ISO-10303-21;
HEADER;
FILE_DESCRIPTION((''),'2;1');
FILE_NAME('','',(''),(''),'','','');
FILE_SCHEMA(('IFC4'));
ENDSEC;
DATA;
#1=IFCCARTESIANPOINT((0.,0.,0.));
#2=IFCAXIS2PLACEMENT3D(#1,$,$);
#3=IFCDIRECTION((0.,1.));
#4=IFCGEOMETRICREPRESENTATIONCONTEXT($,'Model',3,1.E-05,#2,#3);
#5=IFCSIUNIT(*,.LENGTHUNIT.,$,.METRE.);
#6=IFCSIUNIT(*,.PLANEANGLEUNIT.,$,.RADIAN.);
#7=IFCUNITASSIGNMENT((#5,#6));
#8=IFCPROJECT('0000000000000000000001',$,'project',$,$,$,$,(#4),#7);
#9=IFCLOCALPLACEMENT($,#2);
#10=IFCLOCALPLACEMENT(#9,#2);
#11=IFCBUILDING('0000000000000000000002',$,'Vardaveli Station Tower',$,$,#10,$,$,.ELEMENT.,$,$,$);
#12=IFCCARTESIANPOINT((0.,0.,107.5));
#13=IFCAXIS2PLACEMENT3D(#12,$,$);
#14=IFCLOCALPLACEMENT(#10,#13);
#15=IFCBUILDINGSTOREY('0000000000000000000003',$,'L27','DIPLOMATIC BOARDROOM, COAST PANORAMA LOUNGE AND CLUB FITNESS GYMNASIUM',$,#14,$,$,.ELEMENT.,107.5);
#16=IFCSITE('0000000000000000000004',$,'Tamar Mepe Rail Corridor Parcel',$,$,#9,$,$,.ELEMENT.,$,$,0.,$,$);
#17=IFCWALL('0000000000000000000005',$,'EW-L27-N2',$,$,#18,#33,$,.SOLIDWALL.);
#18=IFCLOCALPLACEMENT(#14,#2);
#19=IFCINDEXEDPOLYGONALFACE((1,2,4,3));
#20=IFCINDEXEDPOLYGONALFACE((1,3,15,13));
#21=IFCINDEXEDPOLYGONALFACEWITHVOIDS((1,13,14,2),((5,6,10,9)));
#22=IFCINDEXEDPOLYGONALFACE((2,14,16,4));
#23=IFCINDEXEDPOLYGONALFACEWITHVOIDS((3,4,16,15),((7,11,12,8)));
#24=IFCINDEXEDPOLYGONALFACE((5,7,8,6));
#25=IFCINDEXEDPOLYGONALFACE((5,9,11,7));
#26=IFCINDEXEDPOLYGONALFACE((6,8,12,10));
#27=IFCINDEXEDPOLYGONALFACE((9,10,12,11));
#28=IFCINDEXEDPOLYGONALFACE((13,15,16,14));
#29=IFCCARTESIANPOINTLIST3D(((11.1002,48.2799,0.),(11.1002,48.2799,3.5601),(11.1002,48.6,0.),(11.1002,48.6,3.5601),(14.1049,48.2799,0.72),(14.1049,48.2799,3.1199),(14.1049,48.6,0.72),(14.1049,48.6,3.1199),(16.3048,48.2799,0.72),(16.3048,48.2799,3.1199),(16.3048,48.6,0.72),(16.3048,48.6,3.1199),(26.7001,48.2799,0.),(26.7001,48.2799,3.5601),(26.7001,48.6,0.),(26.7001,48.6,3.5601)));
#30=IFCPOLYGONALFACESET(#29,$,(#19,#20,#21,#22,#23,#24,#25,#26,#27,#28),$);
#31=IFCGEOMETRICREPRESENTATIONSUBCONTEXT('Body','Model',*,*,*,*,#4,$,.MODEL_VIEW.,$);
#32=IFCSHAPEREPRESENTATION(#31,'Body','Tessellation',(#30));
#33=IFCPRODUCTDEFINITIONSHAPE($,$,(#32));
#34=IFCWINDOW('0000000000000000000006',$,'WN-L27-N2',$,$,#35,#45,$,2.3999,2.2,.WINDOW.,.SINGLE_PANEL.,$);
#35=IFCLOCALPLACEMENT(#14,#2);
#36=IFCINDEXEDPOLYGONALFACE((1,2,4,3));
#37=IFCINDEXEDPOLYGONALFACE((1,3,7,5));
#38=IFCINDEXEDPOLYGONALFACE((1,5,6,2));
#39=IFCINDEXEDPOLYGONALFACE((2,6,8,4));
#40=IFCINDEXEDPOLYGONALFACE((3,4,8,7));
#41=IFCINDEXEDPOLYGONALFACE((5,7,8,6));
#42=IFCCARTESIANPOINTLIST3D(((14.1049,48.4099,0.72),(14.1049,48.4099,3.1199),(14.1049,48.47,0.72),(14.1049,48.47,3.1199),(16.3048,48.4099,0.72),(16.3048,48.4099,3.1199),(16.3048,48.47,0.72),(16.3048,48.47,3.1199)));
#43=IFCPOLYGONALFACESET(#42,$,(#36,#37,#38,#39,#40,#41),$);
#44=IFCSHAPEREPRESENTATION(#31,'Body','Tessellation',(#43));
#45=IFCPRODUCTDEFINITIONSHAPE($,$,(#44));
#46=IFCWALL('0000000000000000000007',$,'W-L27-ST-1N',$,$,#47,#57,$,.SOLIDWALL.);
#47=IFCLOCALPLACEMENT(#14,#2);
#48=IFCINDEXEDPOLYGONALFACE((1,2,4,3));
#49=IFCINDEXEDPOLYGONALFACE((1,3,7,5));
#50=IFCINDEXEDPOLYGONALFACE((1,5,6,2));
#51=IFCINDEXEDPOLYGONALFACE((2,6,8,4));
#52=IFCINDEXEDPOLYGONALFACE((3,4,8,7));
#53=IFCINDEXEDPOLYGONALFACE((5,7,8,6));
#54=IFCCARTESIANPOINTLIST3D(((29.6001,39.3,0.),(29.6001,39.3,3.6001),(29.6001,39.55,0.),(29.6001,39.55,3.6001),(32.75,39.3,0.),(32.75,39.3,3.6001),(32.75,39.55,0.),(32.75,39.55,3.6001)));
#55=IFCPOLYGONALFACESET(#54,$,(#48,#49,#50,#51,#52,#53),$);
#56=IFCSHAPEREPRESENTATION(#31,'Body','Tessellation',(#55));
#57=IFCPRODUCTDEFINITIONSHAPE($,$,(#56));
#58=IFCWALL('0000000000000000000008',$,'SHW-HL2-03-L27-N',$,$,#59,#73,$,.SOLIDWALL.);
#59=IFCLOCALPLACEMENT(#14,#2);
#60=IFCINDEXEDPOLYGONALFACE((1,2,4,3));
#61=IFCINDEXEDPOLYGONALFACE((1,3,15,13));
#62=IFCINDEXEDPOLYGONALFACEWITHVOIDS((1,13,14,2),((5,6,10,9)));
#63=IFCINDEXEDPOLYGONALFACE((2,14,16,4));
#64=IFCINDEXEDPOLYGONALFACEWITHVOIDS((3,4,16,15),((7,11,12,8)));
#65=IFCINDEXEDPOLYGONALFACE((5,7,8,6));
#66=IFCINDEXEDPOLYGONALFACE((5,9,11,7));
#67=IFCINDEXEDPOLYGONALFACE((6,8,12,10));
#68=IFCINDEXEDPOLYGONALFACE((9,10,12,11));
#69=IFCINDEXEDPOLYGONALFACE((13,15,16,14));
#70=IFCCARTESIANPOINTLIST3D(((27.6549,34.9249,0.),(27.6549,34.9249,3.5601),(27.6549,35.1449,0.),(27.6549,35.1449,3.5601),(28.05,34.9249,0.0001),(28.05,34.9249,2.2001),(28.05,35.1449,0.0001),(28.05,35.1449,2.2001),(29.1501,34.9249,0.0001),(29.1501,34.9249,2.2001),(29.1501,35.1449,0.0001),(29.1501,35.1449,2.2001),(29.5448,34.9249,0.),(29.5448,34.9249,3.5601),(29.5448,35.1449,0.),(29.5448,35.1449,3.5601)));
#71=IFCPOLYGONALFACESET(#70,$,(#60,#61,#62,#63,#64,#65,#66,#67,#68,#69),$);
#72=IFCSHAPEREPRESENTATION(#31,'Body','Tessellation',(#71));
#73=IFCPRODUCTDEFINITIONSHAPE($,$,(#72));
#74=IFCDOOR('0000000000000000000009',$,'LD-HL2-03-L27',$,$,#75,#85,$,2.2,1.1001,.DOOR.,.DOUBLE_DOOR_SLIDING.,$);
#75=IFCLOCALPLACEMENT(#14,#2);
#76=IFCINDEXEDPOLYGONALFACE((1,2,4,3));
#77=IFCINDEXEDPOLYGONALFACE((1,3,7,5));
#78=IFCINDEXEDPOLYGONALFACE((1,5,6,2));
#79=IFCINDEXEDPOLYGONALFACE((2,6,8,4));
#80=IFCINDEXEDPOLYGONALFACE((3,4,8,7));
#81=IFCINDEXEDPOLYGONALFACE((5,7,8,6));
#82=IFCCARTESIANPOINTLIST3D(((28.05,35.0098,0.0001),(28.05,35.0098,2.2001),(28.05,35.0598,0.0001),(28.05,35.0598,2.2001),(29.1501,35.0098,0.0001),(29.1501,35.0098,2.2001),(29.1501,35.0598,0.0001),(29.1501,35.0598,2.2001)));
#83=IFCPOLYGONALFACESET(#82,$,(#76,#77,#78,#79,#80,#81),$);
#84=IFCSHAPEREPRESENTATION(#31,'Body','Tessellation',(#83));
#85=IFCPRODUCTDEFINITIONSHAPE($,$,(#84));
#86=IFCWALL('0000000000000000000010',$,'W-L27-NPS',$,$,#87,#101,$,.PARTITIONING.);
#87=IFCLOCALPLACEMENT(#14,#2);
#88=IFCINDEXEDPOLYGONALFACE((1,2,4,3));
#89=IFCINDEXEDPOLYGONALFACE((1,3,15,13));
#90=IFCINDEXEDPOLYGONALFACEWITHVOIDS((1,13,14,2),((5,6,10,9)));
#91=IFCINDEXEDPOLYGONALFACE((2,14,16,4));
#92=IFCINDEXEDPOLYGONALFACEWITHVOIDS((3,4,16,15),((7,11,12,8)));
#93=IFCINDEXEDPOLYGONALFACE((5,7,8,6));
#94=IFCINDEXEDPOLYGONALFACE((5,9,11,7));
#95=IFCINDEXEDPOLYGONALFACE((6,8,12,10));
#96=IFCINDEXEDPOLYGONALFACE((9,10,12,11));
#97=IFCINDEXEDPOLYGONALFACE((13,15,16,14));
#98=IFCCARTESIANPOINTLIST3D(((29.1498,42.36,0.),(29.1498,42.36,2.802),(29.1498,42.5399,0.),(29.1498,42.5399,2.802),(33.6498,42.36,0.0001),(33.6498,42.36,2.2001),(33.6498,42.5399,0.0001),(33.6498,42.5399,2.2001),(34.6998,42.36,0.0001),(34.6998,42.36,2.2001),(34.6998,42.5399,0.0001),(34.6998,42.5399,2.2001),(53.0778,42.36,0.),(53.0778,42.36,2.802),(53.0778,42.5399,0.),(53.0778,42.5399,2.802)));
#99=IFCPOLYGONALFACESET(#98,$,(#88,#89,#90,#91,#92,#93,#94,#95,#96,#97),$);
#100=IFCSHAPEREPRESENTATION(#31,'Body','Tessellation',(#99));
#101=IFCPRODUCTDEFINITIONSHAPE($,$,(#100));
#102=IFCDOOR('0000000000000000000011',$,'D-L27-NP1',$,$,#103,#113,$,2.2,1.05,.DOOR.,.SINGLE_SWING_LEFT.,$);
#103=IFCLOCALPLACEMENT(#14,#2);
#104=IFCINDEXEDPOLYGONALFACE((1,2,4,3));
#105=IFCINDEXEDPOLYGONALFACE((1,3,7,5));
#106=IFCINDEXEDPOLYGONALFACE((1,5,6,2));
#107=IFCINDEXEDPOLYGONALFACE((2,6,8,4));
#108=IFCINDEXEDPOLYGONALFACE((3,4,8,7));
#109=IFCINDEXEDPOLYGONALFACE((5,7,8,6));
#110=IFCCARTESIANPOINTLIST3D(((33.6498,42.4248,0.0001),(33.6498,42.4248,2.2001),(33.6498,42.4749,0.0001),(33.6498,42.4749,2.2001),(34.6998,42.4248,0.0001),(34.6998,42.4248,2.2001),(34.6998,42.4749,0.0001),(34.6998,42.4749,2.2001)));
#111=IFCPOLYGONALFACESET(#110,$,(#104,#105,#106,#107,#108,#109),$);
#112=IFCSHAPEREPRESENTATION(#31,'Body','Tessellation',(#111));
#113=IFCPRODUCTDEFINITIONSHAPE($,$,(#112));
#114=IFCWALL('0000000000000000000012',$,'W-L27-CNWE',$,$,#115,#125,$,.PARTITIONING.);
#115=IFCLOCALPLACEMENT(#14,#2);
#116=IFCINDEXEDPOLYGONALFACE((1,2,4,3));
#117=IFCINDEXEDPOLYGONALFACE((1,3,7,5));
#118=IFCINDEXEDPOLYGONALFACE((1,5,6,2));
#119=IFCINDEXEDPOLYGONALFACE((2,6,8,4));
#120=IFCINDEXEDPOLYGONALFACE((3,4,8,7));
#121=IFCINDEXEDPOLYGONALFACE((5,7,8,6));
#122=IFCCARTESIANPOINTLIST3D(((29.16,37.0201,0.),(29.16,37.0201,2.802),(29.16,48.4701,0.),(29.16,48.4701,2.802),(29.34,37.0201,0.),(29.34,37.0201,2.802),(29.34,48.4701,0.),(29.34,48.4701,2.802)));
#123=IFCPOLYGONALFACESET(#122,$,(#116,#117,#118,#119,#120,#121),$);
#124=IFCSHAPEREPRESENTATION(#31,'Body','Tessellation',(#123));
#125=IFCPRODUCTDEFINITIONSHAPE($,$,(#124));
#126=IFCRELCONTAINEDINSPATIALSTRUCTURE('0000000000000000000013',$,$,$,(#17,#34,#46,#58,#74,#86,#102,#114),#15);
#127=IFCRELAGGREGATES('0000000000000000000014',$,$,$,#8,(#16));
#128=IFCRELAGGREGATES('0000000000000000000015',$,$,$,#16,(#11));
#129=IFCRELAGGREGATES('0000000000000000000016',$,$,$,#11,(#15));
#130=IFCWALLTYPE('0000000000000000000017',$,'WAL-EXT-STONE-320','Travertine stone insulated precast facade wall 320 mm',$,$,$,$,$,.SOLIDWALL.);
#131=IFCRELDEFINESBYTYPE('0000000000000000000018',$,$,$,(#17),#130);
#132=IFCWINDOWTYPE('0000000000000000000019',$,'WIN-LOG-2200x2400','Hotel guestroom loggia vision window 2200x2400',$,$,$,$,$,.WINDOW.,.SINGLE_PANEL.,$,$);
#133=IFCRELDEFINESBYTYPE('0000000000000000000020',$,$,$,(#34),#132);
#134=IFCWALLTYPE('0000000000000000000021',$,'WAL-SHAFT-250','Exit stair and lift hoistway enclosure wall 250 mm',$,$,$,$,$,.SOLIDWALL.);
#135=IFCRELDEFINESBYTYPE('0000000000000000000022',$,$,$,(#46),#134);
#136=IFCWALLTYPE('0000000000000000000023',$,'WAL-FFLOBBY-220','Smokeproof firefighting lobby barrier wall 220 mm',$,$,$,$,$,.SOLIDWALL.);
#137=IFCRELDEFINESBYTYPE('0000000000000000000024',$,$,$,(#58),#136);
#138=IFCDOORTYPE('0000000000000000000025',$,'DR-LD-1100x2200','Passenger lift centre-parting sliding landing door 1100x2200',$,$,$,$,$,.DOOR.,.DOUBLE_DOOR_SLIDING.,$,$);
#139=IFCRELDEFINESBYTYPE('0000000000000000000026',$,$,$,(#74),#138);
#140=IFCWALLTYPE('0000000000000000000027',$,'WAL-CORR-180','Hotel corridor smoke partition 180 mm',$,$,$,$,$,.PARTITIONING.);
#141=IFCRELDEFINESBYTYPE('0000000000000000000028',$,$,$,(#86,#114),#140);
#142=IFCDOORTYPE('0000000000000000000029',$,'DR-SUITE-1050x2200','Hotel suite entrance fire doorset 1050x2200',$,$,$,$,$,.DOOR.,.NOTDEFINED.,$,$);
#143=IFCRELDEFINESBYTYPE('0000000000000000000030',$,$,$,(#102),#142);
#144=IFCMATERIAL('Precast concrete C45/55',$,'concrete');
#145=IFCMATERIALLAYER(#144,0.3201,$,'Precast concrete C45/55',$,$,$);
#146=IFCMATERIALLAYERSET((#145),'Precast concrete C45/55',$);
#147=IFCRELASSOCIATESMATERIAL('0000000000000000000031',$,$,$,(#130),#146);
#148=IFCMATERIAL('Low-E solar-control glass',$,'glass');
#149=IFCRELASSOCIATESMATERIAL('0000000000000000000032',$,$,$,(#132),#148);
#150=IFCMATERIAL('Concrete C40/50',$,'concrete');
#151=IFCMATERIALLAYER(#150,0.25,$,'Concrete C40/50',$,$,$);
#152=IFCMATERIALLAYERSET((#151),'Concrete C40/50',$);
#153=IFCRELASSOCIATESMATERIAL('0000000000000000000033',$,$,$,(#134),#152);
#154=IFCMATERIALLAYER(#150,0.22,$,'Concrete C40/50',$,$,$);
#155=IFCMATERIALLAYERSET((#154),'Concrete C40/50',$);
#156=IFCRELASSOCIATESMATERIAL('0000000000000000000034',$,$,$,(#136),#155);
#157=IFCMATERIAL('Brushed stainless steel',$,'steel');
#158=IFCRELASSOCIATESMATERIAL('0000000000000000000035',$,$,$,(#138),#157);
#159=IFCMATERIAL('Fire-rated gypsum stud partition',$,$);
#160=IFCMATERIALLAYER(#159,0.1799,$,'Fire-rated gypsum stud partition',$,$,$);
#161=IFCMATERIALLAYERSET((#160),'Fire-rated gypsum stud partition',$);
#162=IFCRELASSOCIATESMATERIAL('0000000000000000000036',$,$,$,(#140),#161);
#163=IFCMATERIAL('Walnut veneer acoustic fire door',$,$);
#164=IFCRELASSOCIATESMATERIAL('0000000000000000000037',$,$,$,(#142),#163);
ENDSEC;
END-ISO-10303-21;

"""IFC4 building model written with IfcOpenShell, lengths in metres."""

from ifc_helpers import new_model, si_unit, direction, frame, frame_2d, origin, place, context, subcontext, project, spatial, rectangle, extrude, source, transform, mapped, material, layer, layer_set, type_object, element, fill, save


model = new_model("IFC4")

# Units and contexts
model_context = context("Model", 3, precision=1e-05, world=origin(), true_north=direction((0.0, 1.0)))
body_context = subcontext(model_context, "Body", "Model", "MODEL_VIEW")
ifc_project = project(units=[si_unit("LENGTHUNIT", "METRE"), si_unit("PLANEANGLEUNIT", "RADIAN")], contexts=[model_context])

# Site, building, storey
site_placement = place(None, origin())
site = spatial("IfcSite", under=ifc_project, at=site_placement, Name="Tamar Mepe Rail Corridor Parcel", CompositionType="ELEMENT", RefElevation=0.0)
building_placement = place(site_placement, origin())
building = spatial("IfcBuilding", under=site, at=building_placement, Name="Vardaveli Station Tower", CompositionType="ELEMENT")
storey_placement = place(building_placement, frame((0.0, 0.0, 107.5)))
storey = spatial("IfcBuildingStorey", under=building, at=storey_placement, Name="L27", Description="DIPLOMATIC BOARDROOM, COAST PANORAMA LOUNGE AND CLUB FITNESS GYMNASIUM", CompositionType="ELEMENT", Elevation=107.5)

# Shared definitions
ifc_material_1 = material(Name="Precast concrete C45/55", Category="concrete")

# Wall, opening, window
ifc_layer_1 = layer(ifc_material_1, 0.3201, Name="Precast concrete C45/55")
ifc_layer_set_1 = layer_set([ifc_layer_1], Name="Precast concrete C45/55")
wall_type_1 = type_object("IfcWallType", Name="WAL-EXT-STONE-320", Description="Travertine stone insulated precast facade wall 320 mm", PredefinedType="SOLIDWALL", material=ifc_layer_set_1)
shared_shape_1 = source(origin(), body_context, "Body", "SweptSolid", [
    extrude(rectangle(XDim=15.5999, YDim=0.3201, at=frame_2d((7.7998, 0.0))), origin(), (0.0, 0.0, 1.0), 3.5601),
])
wall_1_placement = place(storey_placement, frame((26.7, 48.4399, 0.0), z_axis=(0.0, 0.0, 1.0), x_axis=(-1.0, 0.0, 0.0)))
wall_1 = element("IfcWall", 1, at=wall_1_placement, inside=storey, type_object=wall_type_1, Name="EW-L27-N2", PredefinedType="SOLIDWALL", context=body_context, shape_type="MappedRepresentation", body=[
    mapped(shared_shape_1, transform((0.0, 0.0, 0.0), scale=1.0)),
])
shared_shape_2 = source(origin(), body_context, "Body", "SweptSolid", [
    extrude(rectangle(XDim=2.2, YDim=2.3999, at=frame_2d((1.1001, 1.2))), frame((0.0, 0.1699, 0.0), z_axis=(0.0, -1.0, 0.0), x_axis=(1.0, 0.0, 0.0)), (0.0, 0.0, 1.0), 0.3401),
])
opening_1_placement = place(wall_1_placement, frame((10.395, 0.0, 0.72)))
opening_1 = element("IfcOpeningElement", 2, at=opening_1_placement, cuts=wall_1, PredefinedType="OPENING", context=body_context, shape_type="MappedRepresentation", body=[
    mapped(shared_shape_2, transform((0.0, 0.0, 0.0), scale=1.0)),
])
ifc_material_2 = material(Name="Low-E solar-control glass", Category="glass")
window_type = type_object("IfcWindowType", Name="WIN-LOG-2200x2400", Description="Hotel guestroom loggia vision window 2200x2400", PartitioningType="SINGLE_PANEL", PredefinedType="WINDOW", material=ifc_material_2)
shared_shape_3 = source(origin(), body_context, "Body", "SweptSolid", [
    extrude(rectangle(XDim=2.2, YDim=2.3999, at=frame_2d((1.1001, 1.2))), frame((0.0, 0.03, 0.0), z_axis=(0.0, -1.0, 0.0), x_axis=(1.0, 0.0, 0.0)), (0.0, 0.0, 1.0), 0.0601),
])
window_placement = place(opening_1_placement, origin())
window = element("IfcWindow", 3, at=window_placement, inside=storey, type_object=window_type, Name="WN-L27-N2", OverallHeight=2.3999, OverallWidth=2.2, PartitioningType="SINGLE_PANEL", PredefinedType="WINDOW", context=body_context, shape_type="MappedRepresentation", body=[
    mapped(shared_shape_3, transform((0.0, 0.0, 0.0), scale=1.0)),
])
fill(opening_1, window)

# Wall
ifc_material_3 = material(Name="Concrete C40/50", Category="concrete")
ifc_layer_2 = layer(ifc_material_3, 0.25, Name="Concrete C40/50")
ifc_layer_set_2 = layer_set([ifc_layer_2], Name="Concrete C40/50")
wall_type_2 = type_object("IfcWallType", Name="WAL-SHAFT-250", Description="Exit stair and lift hoistway enclosure wall 250 mm", PredefinedType="SOLIDWALL", material=ifc_layer_set_2)
shared_shape_4 = source(origin(), body_context, "Body", "SweptSolid", [
    extrude(rectangle(XDim=3.1499, YDim=0.25, at=frame_2d((1.575, 0.0))), origin(), (0.0, 0.0, 1.0), 3.6001),
])
wall_2_placement = place(storey_placement, frame((29.6001, 39.425, 0.0), z_axis=(0.0, 0.0, 1.0), x_axis=(1.0, 0.0, 0.0)))
element("IfcWall", 4, at=wall_2_placement, inside=storey, type_object=wall_type_2, Name="W-L27-ST-1N", PredefinedType="SOLIDWALL", context=body_context, shape_type="MappedRepresentation", body=[
    mapped(shared_shape_4, transform((0.0, 0.0, 0.0), scale=1.0)),
])

# Walls, openings, doors
ifc_layer_3 = layer(ifc_material_3, 0.22, Name="Concrete C40/50")
ifc_layer_set_3 = layer_set([ifc_layer_3], Name="Concrete C40/50")
wall_type_3 = type_object("IfcWallType", Name="WAL-FFLOBBY-220", Description="Smokeproof firefighting lobby barrier wall 220 mm", PredefinedType="SOLIDWALL", material=ifc_layer_set_3)
shared_shape_5 = source(origin(), body_context, "Body", "SweptSolid", [
    extrude(rectangle(XDim=1.8899, YDim=0.22, at=frame_2d((0.9448, 0.0))), origin(), (0.0, 0.0, 1.0), 3.5601),
])
wall_3_placement = place(storey_placement, frame((27.655, 35.0349, 0.0), z_axis=(0.0, 0.0, 1.0), x_axis=(1.0, 0.0, 0.0)))
wall_3 = element("IfcWall", 5, at=wall_3_placement, inside=storey, type_object=wall_type_3, Name="SHW-HL2-03-L27-N", PredefinedType="SOLIDWALL", context=body_context, shape_type="MappedRepresentation", body=[
    mapped(shared_shape_5, transform((0.0, 0.0, 0.0), scale=1.0)),
])
shared_shape_6 = source(origin(), body_context, "Body", "SweptSolid", [
    extrude(rectangle(XDim=1.1001, YDim=2.2, at=frame_2d((0.55, 1.1001))), frame((0.0, 0.1201, 0.0), z_axis=(0.0, -1.0, 0.0), x_axis=(1.0, 0.0, 0.0)), (0.0, 0.0, 1.0), 0.24),
])
opening_2_placement = place(wall_3_placement, frame((0.395, 0.0, 0.0)))
opening_2 = element("IfcOpeningElement", 6, at=opening_2_placement, cuts=wall_3, PredefinedType="OPENING", context=body_context, shape_type="MappedRepresentation", body=[
    mapped(shared_shape_6, transform((0.0, 0.0, 0.0), scale=1.0)),
])
ifc_material_4 = material(Name="Brushed stainless steel", Category="steel")
door_type_1 = type_object("IfcDoorType", Name="DR-LD-1100x2200", Description="Passenger lift centre-parting sliding landing door 1100x2200", OperationType="DOUBLE_DOOR_SLIDING", PredefinedType="DOOR", material=ifc_material_4)
shared_shape_7 = source(origin(), body_context, "Body", "SweptSolid", [
    extrude(rectangle(XDim=1.1001, YDim=2.2, at=frame_2d((0.55, 1.1001))), frame((0.0, 0.0249, 0.0), z_axis=(0.0, -1.0, 0.0), x_axis=(1.0, 0.0, 0.0)), (0.0, 0.0, 1.0), 0.05),
])
door_1_placement = place(opening_2_placement, origin())
door_1 = element("IfcDoor", 7, at=door_1_placement, inside=storey, type_object=door_type_1, Name="LD-HL2-03-L27", OperationType="DOUBLE_DOOR_SLIDING", OverallHeight=2.2, OverallWidth=1.1001, PredefinedType="DOOR", context=body_context, shape_type="MappedRepresentation", body=[
    mapped(shared_shape_7, transform((0.0, 0.0, 0.0), scale=1.0)),
])
fill(opening_2, door_1)
ifc_material_5 = material(Name="Fire-rated gypsum stud partition")
ifc_layer_4 = layer(ifc_material_5, 0.1799, Name="Fire-rated gypsum stud partition")
ifc_layer_set_4 = layer_set([ifc_layer_4], Name="Fire-rated gypsum stud partition")
wall_type_4 = type_object("IfcWallType", Name="WAL-CORR-180", Description="Hotel corridor smoke partition 180 mm", PredefinedType="PARTITIONING", material=ifc_layer_set_4)
shared_shape_8 = source(origin(), body_context, "Body", "SweptSolid", [
    extrude(rectangle(XDim=23.928, YDim=0.1799, at=frame_2d((11.9639, 0.0))), origin(), (0.0, 0.0, 1.0), 2.802),
])
wall_4_placement = place(storey_placement, frame((29.1499, 42.45, 0.0), z_axis=(0.0, 0.0, 1.0), x_axis=(1.0, 0.0, 0.0)))
wall_4 = element("IfcWall", 8, at=wall_4_placement, inside=storey, type_object=wall_type_4, Name="W-L27-NPS", PredefinedType="PARTITIONING", context=body_context, shape_type="MappedRepresentation", body=[
    mapped(shared_shape_8, transform((0.0, 0.0, 0.0), scale=1.0)),
])
shared_shape_9 = source(origin(), body_context, "Body", "SweptSolid", [
    extrude(rectangle(XDim=1.05, YDim=2.2, at=frame_2d((0.5249, 1.1001))), frame((0.0, 0.1001, 0.0), z_axis=(0.0, -1.0, 0.0), x_axis=(1.0, 0.0, 0.0)), (0.0, 0.0, 1.0), 0.2),
])
opening_3_placement = place(wall_4_placement, frame((4.5, 0.0, 0.0)))
opening_3 = element("IfcOpeningElement", 9, at=opening_3_placement, cuts=wall_4, PredefinedType="OPENING", context=body_context, shape_type="MappedRepresentation", body=[
    mapped(shared_shape_9, transform((0.0, 0.0, 0.0), scale=1.0)),
])
ifc_material_6 = material(Name="Walnut veneer acoustic fire door")
door_type_2 = type_object("IfcDoorType", Name="DR-SUITE-1050x2200", Description="Hotel suite entrance fire doorset 1050x2200", OperationType="NOTDEFINED", PredefinedType="DOOR", material=ifc_material_6)
shared_shape_10 = source(origin(), body_context, "Body", "SweptSolid", [
    extrude(rectangle(XDim=1.05, YDim=2.2, at=frame_2d((0.5249, 1.1001))), frame((0.0, 0.0249, 0.0), z_axis=(0.0, -1.0, 0.0), x_axis=(1.0, 0.0, 0.0)), (0.0, 0.0, 1.0), 0.05),
])
door_2_placement = place(opening_3_placement, origin())
door_2 = element("IfcDoor", 10, at=door_2_placement, inside=storey, type_object=door_type_2, Name="D-L27-NP1", OperationType="SINGLE_SWING_LEFT", OverallHeight=2.2, OverallWidth=1.05, PredefinedType="DOOR", context=body_context, shape_type="MappedRepresentation", body=[
    mapped(shared_shape_10, transform((0.0, 0.0, 0.0), scale=1.0)),
])
fill(opening_3, door_2)

# Wall
shared_shape_11 = source(origin(), body_context, "Body", "SweptSolid", [
    extrude(rectangle(XDim=11.45, YDim=0.1799, at=frame_2d((5.7251, 0.0))), origin(), (0.0, 0.0, 1.0), 2.802),
])
wall_5_placement = place(storey_placement, frame((29.25, 37.02, 0.0), z_axis=(0.0, 0.0, 1.0), x_axis=(0.0, 1.0, 0.0)))
element("IfcWall", 11, at=wall_5_placement, inside=storey, type_object=wall_type_4, Name="W-L27-CNWE", PredefinedType="PARTITIONING", context=body_context, shape_type="MappedRepresentation", body=[
    mapped(shared_shape_11, transform((0.0, 0.0, 0.0), scale=1.0)),
])

save(model, "model.ifc")
